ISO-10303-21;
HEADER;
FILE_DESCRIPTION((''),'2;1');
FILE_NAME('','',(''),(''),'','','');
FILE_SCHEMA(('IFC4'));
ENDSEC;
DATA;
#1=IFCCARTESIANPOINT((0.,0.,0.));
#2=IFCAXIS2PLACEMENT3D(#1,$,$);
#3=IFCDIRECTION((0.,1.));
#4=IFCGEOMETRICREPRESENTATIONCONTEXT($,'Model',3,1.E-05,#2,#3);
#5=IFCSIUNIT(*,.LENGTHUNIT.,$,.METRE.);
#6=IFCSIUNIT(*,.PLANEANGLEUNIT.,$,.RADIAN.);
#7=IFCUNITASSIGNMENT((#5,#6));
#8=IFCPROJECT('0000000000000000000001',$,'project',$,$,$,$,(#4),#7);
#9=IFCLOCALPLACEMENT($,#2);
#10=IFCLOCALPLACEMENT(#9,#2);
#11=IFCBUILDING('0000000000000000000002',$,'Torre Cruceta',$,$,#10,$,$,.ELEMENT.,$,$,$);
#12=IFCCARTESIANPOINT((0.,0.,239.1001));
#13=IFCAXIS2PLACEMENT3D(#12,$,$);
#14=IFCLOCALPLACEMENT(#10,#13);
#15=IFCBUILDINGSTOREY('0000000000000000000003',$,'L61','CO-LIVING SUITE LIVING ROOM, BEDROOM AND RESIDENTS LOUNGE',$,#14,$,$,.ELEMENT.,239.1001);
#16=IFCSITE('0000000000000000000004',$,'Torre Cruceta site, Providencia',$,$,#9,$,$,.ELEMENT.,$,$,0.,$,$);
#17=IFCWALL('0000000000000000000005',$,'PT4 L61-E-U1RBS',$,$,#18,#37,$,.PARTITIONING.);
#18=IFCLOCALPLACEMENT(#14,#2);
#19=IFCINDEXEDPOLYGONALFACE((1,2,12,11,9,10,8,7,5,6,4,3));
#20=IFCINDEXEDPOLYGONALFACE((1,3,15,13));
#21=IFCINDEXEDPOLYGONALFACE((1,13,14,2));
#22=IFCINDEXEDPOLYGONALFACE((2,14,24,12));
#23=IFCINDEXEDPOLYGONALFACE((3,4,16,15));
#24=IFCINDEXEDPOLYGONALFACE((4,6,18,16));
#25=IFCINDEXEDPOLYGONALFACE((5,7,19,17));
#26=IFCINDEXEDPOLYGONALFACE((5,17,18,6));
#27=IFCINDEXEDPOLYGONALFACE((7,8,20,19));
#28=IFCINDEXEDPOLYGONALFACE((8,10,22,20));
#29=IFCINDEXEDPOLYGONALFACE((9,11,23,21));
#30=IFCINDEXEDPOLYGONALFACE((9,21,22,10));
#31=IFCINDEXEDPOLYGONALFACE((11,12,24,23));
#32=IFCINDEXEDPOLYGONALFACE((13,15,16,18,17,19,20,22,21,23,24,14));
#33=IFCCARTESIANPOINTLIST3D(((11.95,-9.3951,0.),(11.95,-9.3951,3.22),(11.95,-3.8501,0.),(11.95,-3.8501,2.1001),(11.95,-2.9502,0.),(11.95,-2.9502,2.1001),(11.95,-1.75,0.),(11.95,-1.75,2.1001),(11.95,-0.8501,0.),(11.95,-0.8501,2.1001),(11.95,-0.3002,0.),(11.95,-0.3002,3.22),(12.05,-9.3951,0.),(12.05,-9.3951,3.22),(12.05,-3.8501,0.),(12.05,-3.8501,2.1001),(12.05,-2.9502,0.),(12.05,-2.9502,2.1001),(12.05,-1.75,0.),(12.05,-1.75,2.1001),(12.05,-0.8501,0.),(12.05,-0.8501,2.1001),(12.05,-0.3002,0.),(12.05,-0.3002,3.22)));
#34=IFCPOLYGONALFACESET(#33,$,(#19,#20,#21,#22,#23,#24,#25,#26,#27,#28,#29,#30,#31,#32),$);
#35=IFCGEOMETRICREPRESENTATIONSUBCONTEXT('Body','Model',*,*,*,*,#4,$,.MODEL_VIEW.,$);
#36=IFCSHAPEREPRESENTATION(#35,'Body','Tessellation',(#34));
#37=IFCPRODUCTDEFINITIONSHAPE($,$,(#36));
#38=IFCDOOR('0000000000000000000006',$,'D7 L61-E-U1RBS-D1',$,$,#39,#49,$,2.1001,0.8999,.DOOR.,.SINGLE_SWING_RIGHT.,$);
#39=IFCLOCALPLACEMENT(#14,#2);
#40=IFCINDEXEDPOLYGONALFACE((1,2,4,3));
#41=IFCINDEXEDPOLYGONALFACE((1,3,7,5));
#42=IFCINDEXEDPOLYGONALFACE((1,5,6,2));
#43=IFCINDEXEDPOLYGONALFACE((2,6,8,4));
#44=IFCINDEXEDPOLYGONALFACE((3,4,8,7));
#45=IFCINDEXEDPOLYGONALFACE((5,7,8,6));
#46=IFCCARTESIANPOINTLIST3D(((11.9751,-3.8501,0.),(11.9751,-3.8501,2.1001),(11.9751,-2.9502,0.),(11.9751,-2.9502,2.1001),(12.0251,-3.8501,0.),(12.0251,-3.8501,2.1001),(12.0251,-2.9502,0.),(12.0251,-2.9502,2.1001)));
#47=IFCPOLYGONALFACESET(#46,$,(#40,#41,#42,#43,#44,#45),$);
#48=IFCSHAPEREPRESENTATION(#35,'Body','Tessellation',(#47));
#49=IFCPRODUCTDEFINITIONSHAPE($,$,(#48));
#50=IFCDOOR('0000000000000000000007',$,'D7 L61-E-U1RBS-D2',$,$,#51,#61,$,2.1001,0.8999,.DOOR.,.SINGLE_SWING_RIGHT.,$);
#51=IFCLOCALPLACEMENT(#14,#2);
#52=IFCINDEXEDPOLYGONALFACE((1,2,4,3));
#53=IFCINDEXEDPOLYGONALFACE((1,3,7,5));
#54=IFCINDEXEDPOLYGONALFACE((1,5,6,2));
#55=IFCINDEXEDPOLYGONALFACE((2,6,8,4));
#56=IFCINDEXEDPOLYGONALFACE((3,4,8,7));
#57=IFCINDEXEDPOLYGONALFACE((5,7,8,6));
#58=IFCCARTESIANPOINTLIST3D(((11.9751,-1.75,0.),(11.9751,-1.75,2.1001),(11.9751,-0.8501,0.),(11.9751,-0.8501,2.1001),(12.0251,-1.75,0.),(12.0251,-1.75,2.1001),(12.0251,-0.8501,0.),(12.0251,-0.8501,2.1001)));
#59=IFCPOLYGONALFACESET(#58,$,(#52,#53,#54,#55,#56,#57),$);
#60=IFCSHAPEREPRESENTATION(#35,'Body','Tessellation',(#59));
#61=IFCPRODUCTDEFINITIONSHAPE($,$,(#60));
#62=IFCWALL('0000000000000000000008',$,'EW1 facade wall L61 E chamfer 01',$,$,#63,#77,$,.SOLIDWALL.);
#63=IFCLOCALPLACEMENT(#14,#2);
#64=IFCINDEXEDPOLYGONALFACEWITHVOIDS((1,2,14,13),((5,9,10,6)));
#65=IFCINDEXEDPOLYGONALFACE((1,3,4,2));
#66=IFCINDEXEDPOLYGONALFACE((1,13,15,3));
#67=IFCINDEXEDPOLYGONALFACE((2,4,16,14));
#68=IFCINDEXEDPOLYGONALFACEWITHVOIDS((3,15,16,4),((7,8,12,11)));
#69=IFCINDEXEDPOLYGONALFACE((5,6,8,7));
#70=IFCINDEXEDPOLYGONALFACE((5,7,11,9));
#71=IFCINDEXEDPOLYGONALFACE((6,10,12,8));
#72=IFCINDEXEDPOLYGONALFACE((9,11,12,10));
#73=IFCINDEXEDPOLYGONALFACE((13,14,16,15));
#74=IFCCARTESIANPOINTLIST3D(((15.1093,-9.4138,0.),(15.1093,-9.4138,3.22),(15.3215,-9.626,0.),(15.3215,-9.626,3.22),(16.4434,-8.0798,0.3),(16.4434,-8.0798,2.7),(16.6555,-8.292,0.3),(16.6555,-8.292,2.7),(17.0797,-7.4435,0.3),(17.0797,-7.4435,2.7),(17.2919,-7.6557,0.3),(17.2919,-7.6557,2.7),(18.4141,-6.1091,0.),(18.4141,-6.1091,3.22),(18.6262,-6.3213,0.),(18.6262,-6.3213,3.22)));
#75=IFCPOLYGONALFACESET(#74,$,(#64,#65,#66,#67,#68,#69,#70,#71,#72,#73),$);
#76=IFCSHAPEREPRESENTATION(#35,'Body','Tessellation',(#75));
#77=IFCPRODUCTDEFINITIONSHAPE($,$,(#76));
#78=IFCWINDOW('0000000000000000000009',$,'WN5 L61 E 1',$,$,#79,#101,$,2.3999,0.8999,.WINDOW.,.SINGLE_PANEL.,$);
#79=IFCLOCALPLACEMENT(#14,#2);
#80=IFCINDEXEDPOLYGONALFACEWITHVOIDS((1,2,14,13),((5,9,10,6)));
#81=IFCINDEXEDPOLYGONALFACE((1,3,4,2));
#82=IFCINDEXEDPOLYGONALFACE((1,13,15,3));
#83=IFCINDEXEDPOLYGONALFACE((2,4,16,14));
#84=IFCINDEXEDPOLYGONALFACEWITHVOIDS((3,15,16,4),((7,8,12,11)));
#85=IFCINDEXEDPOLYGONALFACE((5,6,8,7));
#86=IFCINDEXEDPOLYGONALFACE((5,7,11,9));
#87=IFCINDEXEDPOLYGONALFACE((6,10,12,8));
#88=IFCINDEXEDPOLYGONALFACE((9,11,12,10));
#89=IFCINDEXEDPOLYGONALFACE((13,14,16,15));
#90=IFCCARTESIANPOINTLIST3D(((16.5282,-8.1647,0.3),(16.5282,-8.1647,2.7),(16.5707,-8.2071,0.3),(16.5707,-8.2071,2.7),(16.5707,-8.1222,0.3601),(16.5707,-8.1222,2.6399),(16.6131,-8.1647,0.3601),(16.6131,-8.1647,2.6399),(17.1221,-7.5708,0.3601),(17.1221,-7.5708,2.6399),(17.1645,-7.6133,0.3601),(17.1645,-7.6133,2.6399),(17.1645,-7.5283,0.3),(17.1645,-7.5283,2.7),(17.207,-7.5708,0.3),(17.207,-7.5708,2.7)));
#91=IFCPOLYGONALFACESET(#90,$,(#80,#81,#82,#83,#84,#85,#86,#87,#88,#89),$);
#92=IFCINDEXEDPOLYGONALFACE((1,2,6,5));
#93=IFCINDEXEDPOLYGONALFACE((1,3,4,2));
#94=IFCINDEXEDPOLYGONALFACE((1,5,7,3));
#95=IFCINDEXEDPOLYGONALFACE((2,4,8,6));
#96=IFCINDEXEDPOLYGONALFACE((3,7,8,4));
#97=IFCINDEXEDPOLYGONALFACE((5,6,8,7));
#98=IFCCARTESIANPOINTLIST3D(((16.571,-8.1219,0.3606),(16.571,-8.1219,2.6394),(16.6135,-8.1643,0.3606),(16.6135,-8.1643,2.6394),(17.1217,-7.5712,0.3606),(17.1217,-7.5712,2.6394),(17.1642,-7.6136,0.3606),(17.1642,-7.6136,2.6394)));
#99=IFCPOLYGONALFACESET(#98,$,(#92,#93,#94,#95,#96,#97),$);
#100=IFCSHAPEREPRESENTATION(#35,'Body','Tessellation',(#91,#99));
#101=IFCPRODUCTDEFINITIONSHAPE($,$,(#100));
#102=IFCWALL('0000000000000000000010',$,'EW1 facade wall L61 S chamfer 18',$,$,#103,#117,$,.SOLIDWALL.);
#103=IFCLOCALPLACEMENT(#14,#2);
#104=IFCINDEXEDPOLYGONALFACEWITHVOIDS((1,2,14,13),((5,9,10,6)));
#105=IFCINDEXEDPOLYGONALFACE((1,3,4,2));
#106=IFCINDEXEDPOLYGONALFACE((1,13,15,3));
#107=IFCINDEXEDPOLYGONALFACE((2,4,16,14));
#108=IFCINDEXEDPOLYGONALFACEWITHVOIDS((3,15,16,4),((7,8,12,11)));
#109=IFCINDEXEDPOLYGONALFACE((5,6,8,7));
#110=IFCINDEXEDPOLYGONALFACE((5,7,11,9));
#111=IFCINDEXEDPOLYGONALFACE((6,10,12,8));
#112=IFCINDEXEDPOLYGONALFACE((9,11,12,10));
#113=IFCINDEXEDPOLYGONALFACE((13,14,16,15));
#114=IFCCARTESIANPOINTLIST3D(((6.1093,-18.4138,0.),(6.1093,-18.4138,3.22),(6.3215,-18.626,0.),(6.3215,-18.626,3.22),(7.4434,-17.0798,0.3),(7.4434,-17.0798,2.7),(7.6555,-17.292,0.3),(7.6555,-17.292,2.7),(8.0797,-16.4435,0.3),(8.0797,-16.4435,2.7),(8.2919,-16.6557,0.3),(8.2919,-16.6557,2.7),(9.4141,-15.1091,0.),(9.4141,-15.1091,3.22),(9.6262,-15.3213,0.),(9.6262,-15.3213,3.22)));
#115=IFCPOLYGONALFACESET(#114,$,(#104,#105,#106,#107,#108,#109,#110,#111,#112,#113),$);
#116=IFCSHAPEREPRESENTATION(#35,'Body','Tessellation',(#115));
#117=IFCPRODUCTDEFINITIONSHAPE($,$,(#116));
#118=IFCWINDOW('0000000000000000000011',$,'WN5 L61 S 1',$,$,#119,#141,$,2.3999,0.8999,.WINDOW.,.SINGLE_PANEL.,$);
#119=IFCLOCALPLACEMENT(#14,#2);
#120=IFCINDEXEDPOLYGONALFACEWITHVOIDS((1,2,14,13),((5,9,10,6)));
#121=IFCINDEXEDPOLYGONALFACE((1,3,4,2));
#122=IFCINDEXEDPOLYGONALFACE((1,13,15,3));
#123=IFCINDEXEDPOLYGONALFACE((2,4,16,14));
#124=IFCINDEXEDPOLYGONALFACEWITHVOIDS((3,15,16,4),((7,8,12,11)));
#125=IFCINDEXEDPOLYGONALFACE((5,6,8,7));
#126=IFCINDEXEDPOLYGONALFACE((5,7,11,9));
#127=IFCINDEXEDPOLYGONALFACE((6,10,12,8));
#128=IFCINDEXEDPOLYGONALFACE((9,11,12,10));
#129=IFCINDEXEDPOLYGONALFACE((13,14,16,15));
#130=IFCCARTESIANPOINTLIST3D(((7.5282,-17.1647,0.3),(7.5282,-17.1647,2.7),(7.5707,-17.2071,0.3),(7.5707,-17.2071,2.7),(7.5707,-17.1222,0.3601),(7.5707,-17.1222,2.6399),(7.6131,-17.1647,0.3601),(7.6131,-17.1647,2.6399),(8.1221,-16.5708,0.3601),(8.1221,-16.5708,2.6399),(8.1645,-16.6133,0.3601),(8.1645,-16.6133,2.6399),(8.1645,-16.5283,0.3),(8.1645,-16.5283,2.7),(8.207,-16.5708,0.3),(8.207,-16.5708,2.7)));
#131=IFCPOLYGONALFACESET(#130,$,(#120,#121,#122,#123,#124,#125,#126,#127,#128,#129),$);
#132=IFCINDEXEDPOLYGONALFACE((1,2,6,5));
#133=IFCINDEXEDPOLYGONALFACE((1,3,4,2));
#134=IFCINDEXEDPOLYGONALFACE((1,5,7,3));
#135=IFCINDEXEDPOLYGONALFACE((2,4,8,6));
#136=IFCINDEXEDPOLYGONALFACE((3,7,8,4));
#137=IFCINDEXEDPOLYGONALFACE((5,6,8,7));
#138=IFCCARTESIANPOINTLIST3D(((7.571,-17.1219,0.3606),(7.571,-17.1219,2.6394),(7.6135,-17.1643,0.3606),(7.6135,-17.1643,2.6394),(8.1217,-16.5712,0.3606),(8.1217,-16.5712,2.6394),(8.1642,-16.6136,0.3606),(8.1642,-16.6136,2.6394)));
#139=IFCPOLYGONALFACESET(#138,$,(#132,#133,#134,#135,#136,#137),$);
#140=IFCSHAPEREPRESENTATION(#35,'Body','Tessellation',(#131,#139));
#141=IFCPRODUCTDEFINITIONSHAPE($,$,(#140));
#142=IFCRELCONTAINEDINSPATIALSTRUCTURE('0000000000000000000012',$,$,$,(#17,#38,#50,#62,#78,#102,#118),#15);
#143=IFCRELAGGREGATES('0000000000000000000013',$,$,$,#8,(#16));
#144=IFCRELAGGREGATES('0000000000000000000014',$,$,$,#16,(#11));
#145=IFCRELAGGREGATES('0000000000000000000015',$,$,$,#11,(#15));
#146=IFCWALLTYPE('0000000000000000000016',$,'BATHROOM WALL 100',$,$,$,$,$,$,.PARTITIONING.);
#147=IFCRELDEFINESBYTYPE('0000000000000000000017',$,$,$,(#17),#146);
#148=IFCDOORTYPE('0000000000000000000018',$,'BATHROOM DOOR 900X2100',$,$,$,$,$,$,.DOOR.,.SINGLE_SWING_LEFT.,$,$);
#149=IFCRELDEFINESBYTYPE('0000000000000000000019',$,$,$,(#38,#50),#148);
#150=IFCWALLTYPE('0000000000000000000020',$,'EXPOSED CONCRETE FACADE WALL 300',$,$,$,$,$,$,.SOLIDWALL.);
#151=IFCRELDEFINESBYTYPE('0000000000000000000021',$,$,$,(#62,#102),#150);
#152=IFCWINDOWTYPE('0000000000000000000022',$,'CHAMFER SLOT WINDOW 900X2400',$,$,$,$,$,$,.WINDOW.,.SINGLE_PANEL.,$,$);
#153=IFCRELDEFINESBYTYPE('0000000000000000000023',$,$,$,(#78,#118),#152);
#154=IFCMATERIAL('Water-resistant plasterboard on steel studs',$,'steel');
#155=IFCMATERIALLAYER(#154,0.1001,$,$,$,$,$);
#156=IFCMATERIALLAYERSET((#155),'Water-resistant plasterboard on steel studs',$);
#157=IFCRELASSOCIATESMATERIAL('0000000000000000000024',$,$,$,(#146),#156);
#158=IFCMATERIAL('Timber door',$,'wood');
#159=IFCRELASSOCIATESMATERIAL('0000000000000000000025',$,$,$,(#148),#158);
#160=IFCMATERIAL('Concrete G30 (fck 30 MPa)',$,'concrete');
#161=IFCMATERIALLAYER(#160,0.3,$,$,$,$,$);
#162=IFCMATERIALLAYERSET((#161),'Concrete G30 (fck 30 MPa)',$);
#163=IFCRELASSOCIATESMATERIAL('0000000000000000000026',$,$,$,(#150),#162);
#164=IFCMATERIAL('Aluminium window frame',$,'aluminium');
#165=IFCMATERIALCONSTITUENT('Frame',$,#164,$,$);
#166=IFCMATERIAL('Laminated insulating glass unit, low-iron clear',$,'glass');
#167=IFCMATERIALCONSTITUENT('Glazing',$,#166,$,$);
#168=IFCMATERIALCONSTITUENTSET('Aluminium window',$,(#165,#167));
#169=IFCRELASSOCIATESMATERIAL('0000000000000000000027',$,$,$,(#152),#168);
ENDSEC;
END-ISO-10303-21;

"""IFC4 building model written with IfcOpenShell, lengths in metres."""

from ifc_helpers import new_model, si_unit, direction, frame, frame_2d, origin, place, context, subcontext, project, spatial, rectangle, hollow_rectangle, extrude, material, layer, layer_set, constituent, constituent_set, type_object, element, fill, save


model = new_model("IFC4")

# Units and contexts
model_context = context("Model", 3, precision=1e-05, world=origin(), true_north=direction((0.0, 1.0)))
body_context = subcontext(model_context, "Body", "Model", "MODEL_VIEW")
ifc_project = project(units=[si_unit("LENGTHUNIT", "METRE"), si_unit("PLANEANGLEUNIT", "RADIAN")], contexts=[model_context])

# Site, building, storey
site_placement = place(None, origin())
site = spatial("IfcSite", under=ifc_project, at=site_placement, Name="Torre Cruceta site, Providencia", CompositionType="ELEMENT", RefElevation=0.0)
building_placement = place(site_placement, origin())
building = spatial("IfcBuilding", under=site, at=building_placement, Name="Torre Cruceta", CompositionType="ELEMENT")
storey_placement = place(building_placement, frame((0.0, 0.0, 239.1001)))
storey = spatial("IfcBuildingStorey", under=building, at=storey_placement, Name="L61", Description="CO-LIVING SUITE LIVING ROOM, BEDROOM AND RESIDENTS LOUNGE", CompositionType="ELEMENT", Elevation=239.1001)

# Wall, openings, doors
ifc_material_1 = material(Name="Water-resistant plasterboard on steel studs", Category="steel")
ifc_layer_1 = layer(ifc_material_1, 0.1001)
ifc_layer_set_1 = layer_set([ifc_layer_1], Name="Water-resistant plasterboard on steel studs")
wall_type_1 = type_object("IfcWallType", Name="BATHROOM WALL 100", PredefinedType="PARTITIONING", material=ifc_layer_set_1)
wall_1_placement = place(storey_placement, frame((12.0, -9.395, 0.0), z_axis=(0.0, 0.0, 1.0), x_axis=(0.0, 1.0, 0.0)))
wall_1 = element("IfcWall", 1, at=wall_1_placement, inside=storey, type_object=wall_type_1, Name="PT4 L61-E-U1RBS", PredefinedType="PARTITIONING", context=body_context, shape_type="SweptSolid", body=[
    extrude(rectangle(XDim=9.095, YDim=0.1001, at=frame_2d((4.5474, 0.0))), origin(), (0.0, 0.0, 1.0), 3.22),
])
opening_1_placement = place(wall_1_placement, frame((5.5449, 0.0, 0.0)))
opening_1 = element("IfcOpeningElement", 2, at=opening_1_placement, cuts=wall_1, PredefinedType="OPENING", context=body_context, shape_type="SweptSolid", body=[
    extrude(rectangle(XDim=0.8999, YDim=2.1001, at=frame_2d((0.45, 1.05))), frame((0.0, 0.0601, 0.0), z_axis=(0.0, -1.0, 0.0), x_axis=(1.0, 0.0, 0.0)), (0.0, 0.0, 1.0), 0.1201),
])
opening_2_placement = place(wall_1_placement, frame((7.645, 0.0, 0.0)))
opening_2 = element("IfcOpeningElement", 3, at=opening_2_placement, cuts=wall_1, PredefinedType="OPENING", context=body_context, shape_type="SweptSolid", body=[
    extrude(rectangle(XDim=0.8999, YDim=2.1001, at=frame_2d((0.45, 1.05))), frame((0.0, 0.0601, 0.0), z_axis=(0.0, -1.0, 0.0), x_axis=(1.0, 0.0, 0.0)), (0.0, 0.0, 1.0), 0.1201),
])
ifc_material_2 = material(Name="Timber door", Category="wood")
door_type_1 = type_object("IfcDoorType", Name="BATHROOM DOOR 900X2100", OperationType="SINGLE_SWING_LEFT", PredefinedType="DOOR", material=ifc_material_2)
door_1_placement = place(opening_1_placement, origin())
door_1 = element("IfcDoor", 4, at=door_1_placement, inside=storey, type_object=door_type_1, Name="D7 L61-E-U1RBS-D1", OperationType="SINGLE_SWING_RIGHT", OverallHeight=2.1001, OverallWidth=0.8999, PredefinedType="DOOR", context=body_context, shape_type="SweptSolid", body=[
    extrude(rectangle(XDim=0.8999, YDim=2.1001, at=frame_2d((0.45, 1.05))), frame((0.0, 0.0249, 0.0), z_axis=(0.0, -1.0, 0.0), x_axis=(1.0, 0.0, 0.0)), (0.0, 0.0, 1.0), 0.05),
])
fill(opening_1, door_1)
door_2_placement = place(opening_2_placement, origin())
door_2 = element("IfcDoor", 5, at=door_2_placement, inside=storey, type_object=door_type_1, Name="D7 L61-E-U1RBS-D2", OperationType="SINGLE_SWING_RIGHT", OverallHeight=2.1001, OverallWidth=0.8999, PredefinedType="DOOR", context=body_context, shape_type="SweptSolid", body=[
    extrude(rectangle(XDim=0.8999, YDim=2.1001, at=frame_2d((0.45, 1.05))), frame((0.0, 0.0249, 0.0), z_axis=(0.0, -1.0, 0.0), x_axis=(1.0, 0.0, 0.0)), (0.0, 0.0, 1.0), 0.05),
])
fill(opening_2, door_2)

# Walls, openings, windows
ifc_material_3 = material(Name="Concrete G30 (fck 30 MPa)", Category="concrete")
ifc_layer_2 = layer(ifc_material_3, 0.3)
ifc_layer_set_2 = layer_set([ifc_layer_2], Name="Concrete G30 (fck 30 MPa)")
wall_type_2 = type_object("IfcWallType", Name="EXPOSED CONCRETE FACADE WALL 300", PredefinedType="SOLIDWALL", material=ifc_layer_set_2)
wall_2_placement = place(storey_placement, frame((15.2153, -9.52, 0.0), z_axis=(0.0, 0.0, 1.0), x_axis=(0.707107, 0.707107, 0.0)))
wall_2 = element("IfcWall", 6, at=wall_2_placement, inside=storey, type_object=wall_type_2, Name="EW1 facade wall L61 E chamfer 01", PredefinedType="SOLIDWALL", context=body_context, shape_type="SweptSolid", body=[
    extrude(rectangle(XDim=4.6736, YDim=0.3, at=frame_2d((2.3369, 0.0))), origin(), (0.0, 0.0, 1.0), 3.22),
])
opening_3_placement = place(wall_2_placement, frame((1.8867, 0.0, 0.3)))
opening_3 = element("IfcOpeningElement", 7, at=opening_3_placement, cuts=wall_2, PredefinedType="OPENING", context=body_context, shape_type="SweptSolid", body=[
    extrude(rectangle(XDim=0.8999, YDim=2.3999, at=frame_2d((0.45, 1.2))), frame((0.0, 0.1599, 0.0), z_axis=(0.0, -1.0, 0.0), x_axis=(1.0, 0.0, 0.0)), (0.0, 0.0, 1.0), 0.3201),
])
ifc_material_4 = material(Name="Aluminium window frame", Category="aluminium")
ifc_constituent_1 = constituent(ifc_material_4, Name="Frame")
ifc_material_5 = material(Name="Laminated insulating glass unit, low-iron clear", Category="glass")
ifc_constituent_2 = constituent(ifc_material_5, Name="Glazing")
ifc_constituent_set_1 = constituent_set(constituents=[ifc_constituent_1, ifc_constituent_2], Name="Aluminium window")
window_type = type_object("IfcWindowType", Name="CHAMFER SLOT WINDOW 900X2400", PartitioningType="SINGLE_PANEL", PredefinedType="WINDOW", material=ifc_constituent_set_1)
window_1_placement = place(opening_3_placement, origin())
window_1 = element("IfcWindow", 8, at=window_1_placement, inside=storey, type_object=window_type, Name="WN5 L61 E 1", OverallHeight=2.3999, OverallWidth=0.8999, PartitioningType="SINGLE_PANEL", PredefinedType="WINDOW", context=body_context, shape_type="SweptSolid", body=[
    extrude(hollow_rectangle(XDim=0.8999, YDim=2.3999, WallThickness=0.0601, at=frame_2d((0.45, 1.2))), frame((0.0, 0.03, 0.0), z_axis=(0.0, -1.0, 0.0), x_axis=(1.0, 0.0, 0.0)), (0.0, 0.0, 1.0), 0.0601),
    extrude(rectangle(XDim=0.7788, YDim=2.2788, at=frame_2d((0.45, 1.2))), frame((0.0, 0.03, 0.0), z_axis=(0.0, -1.0, 0.0), x_axis=(1.0, 0.0, 0.0)), (0.0, 0.0, 1.0), 0.0601),
])
fill(opening_3, window_1)
wall_3_placement = place(storey_placement, frame((6.2153, -18.52, 0.0), z_axis=(0.0, 0.0, 1.0), x_axis=(0.707107, 0.707107, 0.0)))
wall_3 = element("IfcWall", 9, at=wall_3_placement, inside=storey, type_object=wall_type_2, Name="EW1 facade wall L61 S chamfer 18", PredefinedType="SOLIDWALL", context=body_context, shape_type="SweptSolid", body=[
    extrude(rectangle(XDim=4.6736, YDim=0.3, at=frame_2d((2.3369, 0.0))), origin(), (0.0, 0.0, 1.0), 3.22),
])
opening_4_placement = place(wall_3_placement, frame((1.8867, 0.0, 0.3)))
opening_4 = element("IfcOpeningElement", 10, at=opening_4_placement, cuts=wall_3, PredefinedType="OPENING", context=body_context, shape_type="SweptSolid", body=[
    extrude(rectangle(XDim=0.8999, YDim=2.3999, at=frame_2d((0.45, 1.2))), frame((0.0, 0.1599, 0.0), z_axis=(0.0, -1.0, 0.0), x_axis=(1.0, 0.0, 0.0)), (0.0, 0.0, 1.0), 0.3201),
])
window_2_placement = place(opening_4_placement, origin())
window_2 = element("IfcWindow", 11, at=window_2_placement, inside=storey, type_object=window_type, Name="WN5 L61 S 1", OverallHeight=2.3999, OverallWidth=0.8999, PartitioningType="SINGLE_PANEL", PredefinedType="WINDOW", context=body_context, shape_type="SweptSolid", body=[
    extrude(hollow_rectangle(XDim=0.8999, YDim=2.3999, WallThickness=0.0601, at=frame_2d((0.45, 1.2))), frame((0.0, 0.03, 0.0), z_axis=(0.0, -1.0, 0.0), x_axis=(1.0, 0.0, 0.0)), (0.0, 0.0, 1.0), 0.0601),
    extrude(rectangle(XDim=0.7788, YDim=2.2788, at=frame_2d((0.45, 1.2))), frame((0.0, 0.03, 0.0), z_axis=(0.0, -1.0, 0.0), x_axis=(1.0, 0.0, 0.0)), (0.0, 0.0, 1.0), 0.0601),
])
fill(opening_4, window_2)

save(model, "model.ifc")
